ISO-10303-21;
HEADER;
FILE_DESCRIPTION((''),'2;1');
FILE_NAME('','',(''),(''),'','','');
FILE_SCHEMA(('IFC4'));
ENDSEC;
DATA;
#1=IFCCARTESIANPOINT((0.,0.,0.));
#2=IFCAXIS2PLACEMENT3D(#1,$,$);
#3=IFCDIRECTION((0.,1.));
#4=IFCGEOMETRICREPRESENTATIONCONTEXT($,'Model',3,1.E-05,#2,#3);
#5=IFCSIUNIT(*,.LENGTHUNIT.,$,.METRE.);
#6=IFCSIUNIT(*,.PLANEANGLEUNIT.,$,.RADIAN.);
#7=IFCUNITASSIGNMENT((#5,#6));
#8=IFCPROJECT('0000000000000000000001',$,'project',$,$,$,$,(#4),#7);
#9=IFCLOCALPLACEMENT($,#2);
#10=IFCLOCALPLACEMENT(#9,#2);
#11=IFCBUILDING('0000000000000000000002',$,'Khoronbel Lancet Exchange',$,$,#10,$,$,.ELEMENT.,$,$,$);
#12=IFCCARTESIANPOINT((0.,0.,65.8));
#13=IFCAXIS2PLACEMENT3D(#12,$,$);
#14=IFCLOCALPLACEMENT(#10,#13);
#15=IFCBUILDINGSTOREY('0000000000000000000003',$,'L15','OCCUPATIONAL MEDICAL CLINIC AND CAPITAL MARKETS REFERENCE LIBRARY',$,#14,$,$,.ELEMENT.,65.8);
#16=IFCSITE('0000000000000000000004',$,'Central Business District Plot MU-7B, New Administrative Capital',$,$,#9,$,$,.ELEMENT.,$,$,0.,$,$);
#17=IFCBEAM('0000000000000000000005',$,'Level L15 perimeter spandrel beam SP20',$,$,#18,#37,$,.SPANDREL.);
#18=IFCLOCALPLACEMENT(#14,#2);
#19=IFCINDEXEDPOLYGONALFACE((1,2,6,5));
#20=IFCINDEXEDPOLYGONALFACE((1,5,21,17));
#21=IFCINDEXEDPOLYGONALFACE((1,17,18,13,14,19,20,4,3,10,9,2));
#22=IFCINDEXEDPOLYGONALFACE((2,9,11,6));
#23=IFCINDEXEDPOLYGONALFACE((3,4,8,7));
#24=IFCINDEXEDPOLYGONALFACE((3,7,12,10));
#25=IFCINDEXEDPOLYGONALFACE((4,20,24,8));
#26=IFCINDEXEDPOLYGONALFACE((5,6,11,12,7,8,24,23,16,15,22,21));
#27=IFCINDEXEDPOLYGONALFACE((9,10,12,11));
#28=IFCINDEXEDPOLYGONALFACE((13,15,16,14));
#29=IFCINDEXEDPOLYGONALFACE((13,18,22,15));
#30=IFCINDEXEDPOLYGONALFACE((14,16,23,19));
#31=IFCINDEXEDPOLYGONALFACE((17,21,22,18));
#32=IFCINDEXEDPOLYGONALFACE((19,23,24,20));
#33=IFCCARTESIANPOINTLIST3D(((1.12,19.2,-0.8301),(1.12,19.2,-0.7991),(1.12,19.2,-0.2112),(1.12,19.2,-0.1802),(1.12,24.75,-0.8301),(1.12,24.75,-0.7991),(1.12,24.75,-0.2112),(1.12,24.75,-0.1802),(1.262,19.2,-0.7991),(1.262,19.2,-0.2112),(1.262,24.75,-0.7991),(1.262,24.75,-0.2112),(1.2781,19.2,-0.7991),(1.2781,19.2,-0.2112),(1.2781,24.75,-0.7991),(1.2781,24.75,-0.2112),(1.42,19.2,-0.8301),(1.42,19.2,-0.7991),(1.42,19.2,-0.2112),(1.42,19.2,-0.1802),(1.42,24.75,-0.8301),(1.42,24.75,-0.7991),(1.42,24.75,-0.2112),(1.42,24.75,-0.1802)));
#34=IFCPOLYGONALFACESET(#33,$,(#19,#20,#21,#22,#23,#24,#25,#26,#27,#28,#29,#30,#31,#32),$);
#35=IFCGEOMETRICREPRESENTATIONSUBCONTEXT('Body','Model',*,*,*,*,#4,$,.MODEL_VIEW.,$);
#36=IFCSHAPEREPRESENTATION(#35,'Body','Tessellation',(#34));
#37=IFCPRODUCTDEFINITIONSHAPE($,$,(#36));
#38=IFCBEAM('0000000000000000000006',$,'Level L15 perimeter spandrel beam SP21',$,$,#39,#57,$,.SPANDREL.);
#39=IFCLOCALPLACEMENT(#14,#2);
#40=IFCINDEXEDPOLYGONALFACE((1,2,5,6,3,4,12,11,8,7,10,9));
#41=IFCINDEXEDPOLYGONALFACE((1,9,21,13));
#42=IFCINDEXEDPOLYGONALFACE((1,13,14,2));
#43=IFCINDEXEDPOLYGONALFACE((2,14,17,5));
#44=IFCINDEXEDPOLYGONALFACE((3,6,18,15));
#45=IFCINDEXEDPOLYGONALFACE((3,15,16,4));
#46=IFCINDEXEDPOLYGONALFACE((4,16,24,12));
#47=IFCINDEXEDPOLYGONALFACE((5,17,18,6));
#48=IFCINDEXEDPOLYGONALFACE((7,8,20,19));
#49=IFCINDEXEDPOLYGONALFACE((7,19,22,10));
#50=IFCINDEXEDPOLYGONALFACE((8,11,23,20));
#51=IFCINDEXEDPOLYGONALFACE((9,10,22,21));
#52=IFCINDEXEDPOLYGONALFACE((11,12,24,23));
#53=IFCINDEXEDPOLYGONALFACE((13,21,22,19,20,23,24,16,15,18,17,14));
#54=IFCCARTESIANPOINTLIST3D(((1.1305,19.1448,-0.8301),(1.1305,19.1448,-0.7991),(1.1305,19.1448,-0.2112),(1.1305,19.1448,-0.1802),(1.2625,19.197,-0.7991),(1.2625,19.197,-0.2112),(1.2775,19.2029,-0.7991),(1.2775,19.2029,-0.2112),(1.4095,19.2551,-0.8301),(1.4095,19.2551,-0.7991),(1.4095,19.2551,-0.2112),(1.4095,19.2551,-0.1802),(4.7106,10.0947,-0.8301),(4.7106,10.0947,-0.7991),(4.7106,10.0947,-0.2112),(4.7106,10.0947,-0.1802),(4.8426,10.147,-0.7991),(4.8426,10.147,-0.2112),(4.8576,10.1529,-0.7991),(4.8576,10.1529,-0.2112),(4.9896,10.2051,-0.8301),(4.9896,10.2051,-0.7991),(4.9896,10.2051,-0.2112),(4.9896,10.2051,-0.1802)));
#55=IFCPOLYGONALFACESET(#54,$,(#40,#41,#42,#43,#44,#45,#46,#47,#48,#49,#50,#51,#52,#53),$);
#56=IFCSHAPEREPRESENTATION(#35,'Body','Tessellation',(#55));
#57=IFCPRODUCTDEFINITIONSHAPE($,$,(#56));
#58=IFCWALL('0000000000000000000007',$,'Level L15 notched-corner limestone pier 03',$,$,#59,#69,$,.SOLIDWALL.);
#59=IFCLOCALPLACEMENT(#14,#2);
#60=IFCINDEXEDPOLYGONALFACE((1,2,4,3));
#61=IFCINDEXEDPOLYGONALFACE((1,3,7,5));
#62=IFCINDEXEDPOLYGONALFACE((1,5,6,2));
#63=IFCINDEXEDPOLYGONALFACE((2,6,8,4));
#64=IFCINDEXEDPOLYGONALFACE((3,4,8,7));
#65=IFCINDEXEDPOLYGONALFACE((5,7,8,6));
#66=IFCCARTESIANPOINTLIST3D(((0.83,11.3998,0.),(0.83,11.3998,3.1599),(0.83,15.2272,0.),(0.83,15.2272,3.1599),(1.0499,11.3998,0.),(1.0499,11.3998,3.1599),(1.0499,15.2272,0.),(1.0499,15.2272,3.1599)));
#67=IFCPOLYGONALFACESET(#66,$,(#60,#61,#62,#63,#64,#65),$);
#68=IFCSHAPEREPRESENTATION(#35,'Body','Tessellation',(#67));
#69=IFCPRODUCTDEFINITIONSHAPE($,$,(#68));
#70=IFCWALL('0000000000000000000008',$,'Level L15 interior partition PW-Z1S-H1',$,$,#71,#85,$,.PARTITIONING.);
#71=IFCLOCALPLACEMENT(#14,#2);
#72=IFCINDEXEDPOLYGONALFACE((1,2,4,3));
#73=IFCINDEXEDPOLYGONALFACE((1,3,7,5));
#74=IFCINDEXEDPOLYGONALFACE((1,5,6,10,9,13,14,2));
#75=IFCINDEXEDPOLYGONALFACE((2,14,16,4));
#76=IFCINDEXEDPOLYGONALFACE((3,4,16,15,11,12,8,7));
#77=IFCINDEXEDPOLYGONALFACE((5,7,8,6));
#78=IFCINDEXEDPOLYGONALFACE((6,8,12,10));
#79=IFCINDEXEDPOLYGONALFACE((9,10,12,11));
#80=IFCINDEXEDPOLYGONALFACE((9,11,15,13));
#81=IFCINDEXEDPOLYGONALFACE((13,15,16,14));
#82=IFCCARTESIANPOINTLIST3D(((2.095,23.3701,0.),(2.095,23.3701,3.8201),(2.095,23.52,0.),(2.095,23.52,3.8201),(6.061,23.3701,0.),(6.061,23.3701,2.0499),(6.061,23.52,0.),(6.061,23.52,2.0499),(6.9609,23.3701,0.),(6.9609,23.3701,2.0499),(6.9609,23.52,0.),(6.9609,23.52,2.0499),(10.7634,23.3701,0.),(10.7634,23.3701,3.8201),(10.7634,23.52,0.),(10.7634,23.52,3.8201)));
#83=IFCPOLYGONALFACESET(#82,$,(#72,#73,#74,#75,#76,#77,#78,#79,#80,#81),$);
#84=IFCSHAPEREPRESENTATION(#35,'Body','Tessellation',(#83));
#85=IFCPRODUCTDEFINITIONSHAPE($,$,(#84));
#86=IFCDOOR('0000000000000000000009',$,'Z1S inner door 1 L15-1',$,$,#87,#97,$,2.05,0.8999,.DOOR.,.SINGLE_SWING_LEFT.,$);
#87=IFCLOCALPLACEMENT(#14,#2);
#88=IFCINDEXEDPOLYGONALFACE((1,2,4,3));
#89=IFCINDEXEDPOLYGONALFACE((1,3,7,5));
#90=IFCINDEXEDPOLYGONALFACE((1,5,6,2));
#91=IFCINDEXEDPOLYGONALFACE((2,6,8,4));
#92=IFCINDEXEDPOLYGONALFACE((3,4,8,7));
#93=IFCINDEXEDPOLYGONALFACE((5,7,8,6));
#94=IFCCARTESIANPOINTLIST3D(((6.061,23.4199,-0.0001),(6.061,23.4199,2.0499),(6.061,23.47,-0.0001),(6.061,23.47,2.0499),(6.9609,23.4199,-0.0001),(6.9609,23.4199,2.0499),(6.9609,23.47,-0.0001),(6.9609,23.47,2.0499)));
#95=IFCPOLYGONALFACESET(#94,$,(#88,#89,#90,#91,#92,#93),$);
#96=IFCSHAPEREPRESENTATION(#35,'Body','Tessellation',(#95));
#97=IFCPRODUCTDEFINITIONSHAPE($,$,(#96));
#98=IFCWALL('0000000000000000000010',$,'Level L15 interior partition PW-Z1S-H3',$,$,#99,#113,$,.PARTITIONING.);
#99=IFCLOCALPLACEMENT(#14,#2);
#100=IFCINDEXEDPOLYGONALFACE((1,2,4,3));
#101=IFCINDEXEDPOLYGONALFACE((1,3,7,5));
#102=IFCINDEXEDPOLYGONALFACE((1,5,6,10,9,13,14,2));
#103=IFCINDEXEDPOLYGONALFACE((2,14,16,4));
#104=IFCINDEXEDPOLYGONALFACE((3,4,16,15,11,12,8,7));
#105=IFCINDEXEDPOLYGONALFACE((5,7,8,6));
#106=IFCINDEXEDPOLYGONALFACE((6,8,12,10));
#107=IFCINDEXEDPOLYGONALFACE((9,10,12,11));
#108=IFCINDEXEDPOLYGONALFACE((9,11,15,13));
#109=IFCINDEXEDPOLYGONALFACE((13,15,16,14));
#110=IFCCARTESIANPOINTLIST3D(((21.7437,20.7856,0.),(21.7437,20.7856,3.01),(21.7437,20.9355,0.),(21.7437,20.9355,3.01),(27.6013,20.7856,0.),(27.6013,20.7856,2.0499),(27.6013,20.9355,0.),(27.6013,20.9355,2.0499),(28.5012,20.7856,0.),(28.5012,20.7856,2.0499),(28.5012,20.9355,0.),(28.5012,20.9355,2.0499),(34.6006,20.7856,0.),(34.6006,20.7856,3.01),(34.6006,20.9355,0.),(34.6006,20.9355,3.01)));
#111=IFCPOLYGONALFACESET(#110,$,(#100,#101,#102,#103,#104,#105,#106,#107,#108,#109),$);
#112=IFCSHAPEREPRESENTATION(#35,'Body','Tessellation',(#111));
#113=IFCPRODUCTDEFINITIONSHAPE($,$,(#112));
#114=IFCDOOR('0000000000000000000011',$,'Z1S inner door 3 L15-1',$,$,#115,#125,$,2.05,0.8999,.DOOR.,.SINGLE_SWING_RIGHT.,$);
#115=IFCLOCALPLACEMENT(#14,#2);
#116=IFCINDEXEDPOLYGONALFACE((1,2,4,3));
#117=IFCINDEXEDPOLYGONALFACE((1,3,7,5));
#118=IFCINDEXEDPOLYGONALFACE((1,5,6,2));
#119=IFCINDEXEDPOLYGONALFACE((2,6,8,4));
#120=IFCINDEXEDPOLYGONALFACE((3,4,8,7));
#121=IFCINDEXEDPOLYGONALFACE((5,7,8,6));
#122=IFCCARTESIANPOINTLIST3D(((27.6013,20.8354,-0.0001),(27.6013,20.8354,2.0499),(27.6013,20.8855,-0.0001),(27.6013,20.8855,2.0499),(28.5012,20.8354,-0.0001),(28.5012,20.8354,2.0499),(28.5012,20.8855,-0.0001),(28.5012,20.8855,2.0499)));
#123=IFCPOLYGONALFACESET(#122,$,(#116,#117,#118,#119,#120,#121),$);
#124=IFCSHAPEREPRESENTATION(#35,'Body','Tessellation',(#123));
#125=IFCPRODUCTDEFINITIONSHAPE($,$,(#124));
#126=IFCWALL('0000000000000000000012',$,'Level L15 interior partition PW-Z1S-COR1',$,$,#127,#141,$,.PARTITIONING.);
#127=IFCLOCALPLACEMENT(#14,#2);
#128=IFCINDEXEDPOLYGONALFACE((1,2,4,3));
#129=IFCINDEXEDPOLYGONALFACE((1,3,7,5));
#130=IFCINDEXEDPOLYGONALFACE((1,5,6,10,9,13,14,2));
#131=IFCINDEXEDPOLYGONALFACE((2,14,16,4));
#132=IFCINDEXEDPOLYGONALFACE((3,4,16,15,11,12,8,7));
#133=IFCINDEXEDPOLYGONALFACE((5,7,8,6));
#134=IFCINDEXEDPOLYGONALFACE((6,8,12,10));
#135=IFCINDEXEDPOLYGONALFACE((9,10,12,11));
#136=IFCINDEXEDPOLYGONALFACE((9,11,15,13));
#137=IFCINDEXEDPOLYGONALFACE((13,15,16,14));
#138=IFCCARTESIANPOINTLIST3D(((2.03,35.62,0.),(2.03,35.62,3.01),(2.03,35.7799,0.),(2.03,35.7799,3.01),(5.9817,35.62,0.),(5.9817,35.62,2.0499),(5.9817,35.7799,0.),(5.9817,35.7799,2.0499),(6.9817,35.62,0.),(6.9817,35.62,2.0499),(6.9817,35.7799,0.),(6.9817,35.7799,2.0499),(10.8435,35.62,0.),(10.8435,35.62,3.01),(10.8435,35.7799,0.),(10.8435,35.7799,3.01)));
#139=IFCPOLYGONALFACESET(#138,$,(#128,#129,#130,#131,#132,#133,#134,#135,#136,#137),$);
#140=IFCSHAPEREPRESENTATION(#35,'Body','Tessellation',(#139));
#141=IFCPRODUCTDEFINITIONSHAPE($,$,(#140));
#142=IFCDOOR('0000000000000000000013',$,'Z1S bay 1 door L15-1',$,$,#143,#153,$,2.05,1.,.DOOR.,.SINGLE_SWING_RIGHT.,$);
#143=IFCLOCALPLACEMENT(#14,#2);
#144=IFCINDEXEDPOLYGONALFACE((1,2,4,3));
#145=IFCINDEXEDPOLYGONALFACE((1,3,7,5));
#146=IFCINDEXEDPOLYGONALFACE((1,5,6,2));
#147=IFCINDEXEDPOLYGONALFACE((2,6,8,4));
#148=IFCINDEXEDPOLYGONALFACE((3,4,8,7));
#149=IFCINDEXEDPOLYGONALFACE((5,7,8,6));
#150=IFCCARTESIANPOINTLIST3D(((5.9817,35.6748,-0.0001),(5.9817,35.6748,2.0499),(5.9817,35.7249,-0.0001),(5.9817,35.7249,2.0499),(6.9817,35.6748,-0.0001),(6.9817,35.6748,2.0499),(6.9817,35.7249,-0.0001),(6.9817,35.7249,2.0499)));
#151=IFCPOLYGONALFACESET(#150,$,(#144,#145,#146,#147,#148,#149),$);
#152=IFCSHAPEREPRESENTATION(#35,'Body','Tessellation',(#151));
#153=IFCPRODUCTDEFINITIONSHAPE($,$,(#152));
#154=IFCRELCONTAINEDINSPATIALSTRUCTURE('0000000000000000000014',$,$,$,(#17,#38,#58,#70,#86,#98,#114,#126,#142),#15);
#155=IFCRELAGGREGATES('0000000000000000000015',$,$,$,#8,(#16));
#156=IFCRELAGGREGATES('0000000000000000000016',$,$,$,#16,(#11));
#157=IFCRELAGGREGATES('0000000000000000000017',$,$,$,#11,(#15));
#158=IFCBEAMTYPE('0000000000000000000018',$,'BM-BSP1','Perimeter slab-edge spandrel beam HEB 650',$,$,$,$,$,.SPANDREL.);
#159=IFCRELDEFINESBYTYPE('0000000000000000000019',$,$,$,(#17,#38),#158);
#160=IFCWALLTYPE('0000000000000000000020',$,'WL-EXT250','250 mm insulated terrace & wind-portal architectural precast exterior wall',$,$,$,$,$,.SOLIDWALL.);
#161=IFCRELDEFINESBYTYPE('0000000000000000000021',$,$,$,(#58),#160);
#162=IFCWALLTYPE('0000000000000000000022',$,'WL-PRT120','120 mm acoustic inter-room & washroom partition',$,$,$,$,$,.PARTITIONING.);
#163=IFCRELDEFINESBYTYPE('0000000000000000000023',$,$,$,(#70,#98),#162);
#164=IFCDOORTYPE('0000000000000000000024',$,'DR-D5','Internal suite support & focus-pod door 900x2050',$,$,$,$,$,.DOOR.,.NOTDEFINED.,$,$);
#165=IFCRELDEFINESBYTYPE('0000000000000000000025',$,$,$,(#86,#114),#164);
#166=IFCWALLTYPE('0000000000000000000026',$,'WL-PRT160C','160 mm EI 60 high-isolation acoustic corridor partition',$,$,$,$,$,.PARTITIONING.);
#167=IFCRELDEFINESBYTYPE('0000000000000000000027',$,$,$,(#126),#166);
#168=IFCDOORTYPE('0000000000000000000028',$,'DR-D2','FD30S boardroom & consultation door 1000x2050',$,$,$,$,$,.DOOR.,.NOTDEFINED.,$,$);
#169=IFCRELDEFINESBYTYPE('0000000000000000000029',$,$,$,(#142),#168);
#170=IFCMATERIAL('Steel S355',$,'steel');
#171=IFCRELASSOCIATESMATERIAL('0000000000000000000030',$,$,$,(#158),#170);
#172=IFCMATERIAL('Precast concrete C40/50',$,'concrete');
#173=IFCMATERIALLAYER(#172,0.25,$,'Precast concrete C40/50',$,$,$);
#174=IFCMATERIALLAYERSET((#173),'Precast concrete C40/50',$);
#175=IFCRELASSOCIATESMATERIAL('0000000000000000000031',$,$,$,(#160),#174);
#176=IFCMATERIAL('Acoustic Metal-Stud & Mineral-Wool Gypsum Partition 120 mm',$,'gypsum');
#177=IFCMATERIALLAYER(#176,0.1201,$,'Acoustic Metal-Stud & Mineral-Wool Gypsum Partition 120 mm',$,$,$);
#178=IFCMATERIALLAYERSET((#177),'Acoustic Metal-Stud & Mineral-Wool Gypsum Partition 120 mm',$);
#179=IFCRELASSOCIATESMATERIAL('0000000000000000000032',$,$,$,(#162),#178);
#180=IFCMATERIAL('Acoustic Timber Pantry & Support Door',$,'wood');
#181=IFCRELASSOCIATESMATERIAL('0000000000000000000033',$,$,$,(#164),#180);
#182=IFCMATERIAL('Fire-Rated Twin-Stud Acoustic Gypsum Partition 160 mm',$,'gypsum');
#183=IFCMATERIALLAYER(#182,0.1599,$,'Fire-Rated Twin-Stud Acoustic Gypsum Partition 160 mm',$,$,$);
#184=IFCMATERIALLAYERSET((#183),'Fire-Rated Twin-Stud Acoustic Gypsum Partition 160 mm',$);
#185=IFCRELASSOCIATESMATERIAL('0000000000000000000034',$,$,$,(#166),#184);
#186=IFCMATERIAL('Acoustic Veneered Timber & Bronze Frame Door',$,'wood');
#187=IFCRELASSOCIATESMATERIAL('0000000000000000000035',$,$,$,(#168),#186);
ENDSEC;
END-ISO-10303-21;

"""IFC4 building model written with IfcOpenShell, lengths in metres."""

from ifc_helpers import new_model, si_unit, direction, frame, frame_2d, origin, origin_2d, place, context, subcontext, project, spatial, rectangle, i_section, extrude, material, layer, layer_set, material_profile, profile_set, type_object, element, fill, save


model = new_model("IFC4")

# Units and contexts
model_context = context("Model", 3, precision=1e-05, world=origin(), true_north=direction((0.0, 1.0)))
body_context = subcontext(model_context, "Body", "Model", "MODEL_VIEW")
ifc_project = project(units=[si_unit("LENGTHUNIT", "METRE"), si_unit("PLANEANGLEUNIT", "RADIAN")], contexts=[model_context])

# Site, building, storey
site_placement = place(None, origin())
site = spatial("IfcSite", under=ifc_project, at=site_placement, Name="Central Business District Plot MU-7B, New Administrative Capital", CompositionType="ELEMENT", RefElevation=0.0)
building_placement = place(site_placement, origin())
building = spatial("IfcBuilding", under=site, at=building_placement, Name="Khoronbel Lancet Exchange", CompositionType="ELEMENT")
storey_placement = place(building_placement, frame((0.0, 0.0, 65.8)))
storey = spatial("IfcBuildingStorey", under=building, at=storey_placement, Name="L15", Description="OCCUPATIONAL MEDICAL CLINIC AND CAPITAL MARKETS REFERENCE LIBRARY", CompositionType="ELEMENT", Elevation=65.8)

# Shared definitions
ifc_material_1 = material(Name="Steel S355", Category="steel")

# Beams
ifc_material_profile_1 = material_profile(ifc_material_1, i_section(OverallWidth=0.3, OverallDepth=0.6499, WebThickness=0.0161, FlangeThickness=0.031, at=origin_2d()), Name="HEB 650")
ifc_profile_set_1 = profile_set([ifc_material_profile_1], Name="Steel S355")
beam_type_1 = type_object("IfcBeamType", Name="BM-BSP1", Description="Perimeter slab-edge spandrel beam HEB 650", PredefinedType="SPANDREL", material=ifc_profile_set_1)
beam_1_placement = place(storey_placement, frame((1.27, 24.75, -0.5051), z_axis=(0.0, -1.0, 0.0), x_axis=(1.0, 0.0, 0.0)))
element("IfcBeam", 1, at=beam_1_placement, inside=storey, type_object=beam_type_1, Name="Level L15 perimeter spandrel beam SP20", PredefinedType="SPANDREL", context=body_context, shape_type="SweptSolid", body=[
    extrude(i_section(OverallWidth=0.3, OverallDepth=0.6499, WebThickness=0.0161, FlangeThickness=0.031, at=origin_2d()), origin(), (0.0, 0.0, 1.0), 5.55),
])
beam_2_placement = place(storey_placement, frame((1.27, 19.2, -0.5051), z_axis=(0.36785, -0.929885, 0.0), x_axis=(0.929885, 0.36785, 0.0)))
element("IfcBeam", 2, at=beam_2_placement, inside=storey, type_object=beam_type_1, Name="Level L15 perimeter spandrel beam SP21", PredefinedType="SPANDREL", context=body_context, shape_type="SweptSolid", body=[
    extrude(i_section(OverallWidth=0.3, OverallDepth=0.6499, WebThickness=0.0161, FlangeThickness=0.031, at=origin_2d()), origin(), (0.0, 0.0, 1.0), 9.7324),
])

# Wall
ifc_material_2 = material(Name="Precast concrete C40/50", Category="concrete")
ifc_layer_1 = layer(ifc_material_2, 0.25, Name="Precast concrete C40/50")
ifc_layer_set_1 = layer_set([ifc_layer_1], Name="Precast concrete C40/50")
wall_type_1 = type_object("IfcWallType", Name="WL-EXT250", Description="250 mm insulated terrace & wind-portal architectural precast exterior wall", PredefinedType="SOLIDWALL", material=ifc_layer_set_1)
wall_1_placement = place(storey_placement, frame((0.9399, 11.3999, 0.0), z_axis=(0.0, 0.0, 1.0), x_axis=(0.0, 1.0, 0.0)))
element("IfcWall", 3, at=wall_1_placement, inside=storey, type_object=wall_type_1, Name="Level L15 notched-corner limestone pier 03", PredefinedType="SOLIDWALL", context=body_context, shape_type="SweptSolid", body=[
    extrude(rectangle(XDim=3.8274, YDim=0.22, at=frame_2d((1.9136, 0.0))), origin(), (0.0, 0.0, 1.0), 3.1599),
])

# Walls, openings, doors
ifc_material_3 = material(Name="Acoustic Metal-Stud & Mineral-Wool Gypsum Partition 120 mm", Category="gypsum")
ifc_layer_2 = layer(ifc_material_3, 0.1201, Name="Acoustic Metal-Stud & Mineral-Wool Gypsum Partition 120 mm")
ifc_layer_set_2 = layer_set([ifc_layer_2], Name="Acoustic Metal-Stud & Mineral-Wool Gypsum Partition 120 mm")
wall_type_2 = type_object("IfcWallType", Name="WL-PRT120", Description="120 mm acoustic inter-room & washroom partition", PredefinedType="PARTITIONING", material=ifc_layer_set_2)
wall_2_placement = place(storey_placement, frame((2.095, 23.4451, 0.0), z_axis=(0.0, 0.0, 1.0), x_axis=(1.0, 0.0, 0.0)))
wall_2 = element("IfcWall", 4, at=wall_2_placement, inside=storey, type_object=wall_type_2, Name="Level L15 interior partition PW-Z1S-H1", PredefinedType="PARTITIONING", context=body_context, shape_type="SweptSolid", body=[
    extrude(rectangle(XDim=8.6685, YDim=0.1499, at=frame_2d((4.3342, 0.0))), origin(), (0.0, 0.0, 1.0), 3.8201),
])
opening_1_placement = place(wall_2_placement, frame((3.9661, 0.0, 0.0)))
opening_1 = element("IfcOpeningElement", 5, at=opening_1_placement, cuts=wall_2, PredefinedType="OPENING", context=body_context, shape_type="SweptSolid", body=[
    extrude(rectangle(XDim=0.8999, YDim=2.05, at=frame_2d((0.45, 1.0249))), frame((0.0, 0.085, 0.0), z_axis=(0.0, -1.0, 0.0), x_axis=(1.0, 0.0, 0.0)), (0.0, 0.0, 1.0), 0.1699),
])
ifc_material_4 = material(Name="Acoustic Timber Pantry & Support Door", Category="wood")
door_type_1 = type_object("IfcDoorType", Name="DR-D5", Description="Internal suite support & focus-pod door 900x2050", OperationType="NOTDEFINED", PredefinedType="DOOR", material=ifc_material_4)
door_1_placement = place(opening_1_placement, origin())
door_1 = element("IfcDoor", 6, at=door_1_placement, inside=storey, type_object=door_type_1, Name="Z1S inner door 1 L15-1", OperationType="SINGLE_SWING_LEFT", OverallHeight=2.05, OverallWidth=0.8999, PredefinedType="DOOR", context=body_context, shape_type="SweptSolid", body=[
    extrude(rectangle(XDim=0.8999, YDim=2.05, at=frame_2d((0.45, 1.0249))), frame((0.0, 0.0249, 0.0), z_axis=(0.0, -1.0, 0.0), x_axis=(1.0, 0.0, 0.0)), (0.0, 0.0, 1.0), 0.05),
])
fill(opening_1, door_1)
wall_3_placement = place(storey_placement, frame((21.7437, 20.8606, 0.0), z_axis=(0.0, 0.0, 1.0), x_axis=(1.0, 0.0, 0.0)))
wall_3 = element("IfcWall", 7, at=wall_3_placement, inside=storey, type_object=wall_type_2, Name="Level L15 interior partition PW-Z1S-H3", PredefinedType="PARTITIONING", context=body_context, shape_type="SweptSolid", body=[
    extrude(rectangle(XDim=12.8569, YDim=0.1499, at=frame_2d((6.4285, 0.0))), origin(), (0.0, 0.0, 1.0), 3.01),
])
opening_2_placement = place(wall_3_placement, frame((5.8577, 0.0, 0.0)))
opening_2 = element("IfcOpeningElement", 8, at=opening_2_placement, cuts=wall_3, PredefinedType="OPENING", context=body_context, shape_type="SweptSolid", body=[
    extrude(rectangle(XDim=0.8999, YDim=2.05, at=frame_2d((0.45, 1.0249))), frame((0.0, 0.085, 0.0), z_axis=(0.0, -1.0, 0.0), x_axis=(1.0, 0.0, 0.0)), (0.0, 0.0, 1.0), 0.1699),
])
door_2_placement = place(opening_2_placement, origin())
door_2 = element("IfcDoor", 9, at=door_2_placement, inside=storey, type_object=door_type_1, Name="Z1S inner door 3 L15-1", OperationType="SINGLE_SWING_RIGHT", OverallHeight=2.05, OverallWidth=0.8999, PredefinedType="DOOR", context=body_context, shape_type="SweptSolid", body=[
    extrude(rectangle(XDim=0.8999, YDim=2.05, at=frame_2d((0.45, 1.0249))), frame((0.0, 0.0249, 0.0), z_axis=(0.0, -1.0, 0.0), x_axis=(1.0, 0.0, 0.0)), (0.0, 0.0, 1.0), 0.05),
])
fill(opening_2, door_2)
ifc_material_5 = material(Name="Fire-Rated Twin-Stud Acoustic Gypsum Partition 160 mm", Category="gypsum")
ifc_layer_3 = layer(ifc_material_5, 0.1599, Name="Fire-Rated Twin-Stud Acoustic Gypsum Partition 160 mm")
ifc_layer_set_3 = layer_set([ifc_layer_3], Name="Fire-Rated Twin-Stud Acoustic Gypsum Partition 160 mm")
wall_type_3 = type_object("IfcWallType", Name="WL-PRT160C", Description="160 mm EI 60 high-isolation acoustic corridor partition", PredefinedType="PARTITIONING", material=ifc_layer_set_3)
wall_4_placement = place(storey_placement, frame((2.03, 35.7, 0.0), z_axis=(0.0, 0.0, 1.0), x_axis=(1.0, 0.0, 0.0)))
wall_4 = element("IfcWall", 10, at=wall_4_placement, inside=storey, type_object=wall_type_3, Name="Level L15 interior partition PW-Z1S-COR1", PredefinedType="PARTITIONING", context=body_context, shape_type="SweptSolid", body=[
    extrude(rectangle(XDim=8.8135, YDim=0.1599, at=frame_2d((4.4067, 0.0))), origin(), (0.0, 0.0, 1.0), 3.01),
])
opening_3_placement = place(wall_4_placement, frame((3.9517, 0.0, 0.0)))
opening_3 = element("IfcOpeningElement", 11, at=opening_3_placement, cuts=wall_4, PredefinedType="OPENING", context=body_context, shape_type="SweptSolid", body=[
    extrude(rectangle(XDim=1.0, YDim=2.05, at=frame_2d((0.5, 1.0249))), frame((0.0, 0.0898, 0.0), z_axis=(0.0, -1.0, 0.0), x_axis=(1.0, 0.0, 0.0)), (0.0, 0.0, 1.0), 0.1799),
])
ifc_material_6 = material(Name="Acoustic Veneered Timber & Bronze Frame Door", Category="wood")
door_type_2 = type_object("IfcDoorType", Name="DR-D2", Description="FD30S boardroom & consultation door 1000x2050", OperationType="NOTDEFINED", PredefinedType="DOOR", material=ifc_material_6)
door_3_placement = place(opening_3_placement, origin())
door_3 = element("IfcDoor", 12, at=door_3_placement, inside=storey, type_object=door_type_2, Name="Z1S bay 1 door L15-1", OperationType="SINGLE_SWING_RIGHT", OverallHeight=2.05, OverallWidth=1.0, PredefinedType="DOOR", context=body_context, shape_type="SweptSolid", body=[
    extrude(rectangle(XDim=1.0, YDim=2.05, at=frame_2d((0.5, 1.0249))), frame((0.0, 0.0249, 0.0), z_axis=(0.0, -1.0, 0.0), x_axis=(1.0, 0.0, 0.0)), (0.0, 0.0, 1.0), 0.05),
])
fill(opening_3, door_3)

save(model, "model.ifc")
